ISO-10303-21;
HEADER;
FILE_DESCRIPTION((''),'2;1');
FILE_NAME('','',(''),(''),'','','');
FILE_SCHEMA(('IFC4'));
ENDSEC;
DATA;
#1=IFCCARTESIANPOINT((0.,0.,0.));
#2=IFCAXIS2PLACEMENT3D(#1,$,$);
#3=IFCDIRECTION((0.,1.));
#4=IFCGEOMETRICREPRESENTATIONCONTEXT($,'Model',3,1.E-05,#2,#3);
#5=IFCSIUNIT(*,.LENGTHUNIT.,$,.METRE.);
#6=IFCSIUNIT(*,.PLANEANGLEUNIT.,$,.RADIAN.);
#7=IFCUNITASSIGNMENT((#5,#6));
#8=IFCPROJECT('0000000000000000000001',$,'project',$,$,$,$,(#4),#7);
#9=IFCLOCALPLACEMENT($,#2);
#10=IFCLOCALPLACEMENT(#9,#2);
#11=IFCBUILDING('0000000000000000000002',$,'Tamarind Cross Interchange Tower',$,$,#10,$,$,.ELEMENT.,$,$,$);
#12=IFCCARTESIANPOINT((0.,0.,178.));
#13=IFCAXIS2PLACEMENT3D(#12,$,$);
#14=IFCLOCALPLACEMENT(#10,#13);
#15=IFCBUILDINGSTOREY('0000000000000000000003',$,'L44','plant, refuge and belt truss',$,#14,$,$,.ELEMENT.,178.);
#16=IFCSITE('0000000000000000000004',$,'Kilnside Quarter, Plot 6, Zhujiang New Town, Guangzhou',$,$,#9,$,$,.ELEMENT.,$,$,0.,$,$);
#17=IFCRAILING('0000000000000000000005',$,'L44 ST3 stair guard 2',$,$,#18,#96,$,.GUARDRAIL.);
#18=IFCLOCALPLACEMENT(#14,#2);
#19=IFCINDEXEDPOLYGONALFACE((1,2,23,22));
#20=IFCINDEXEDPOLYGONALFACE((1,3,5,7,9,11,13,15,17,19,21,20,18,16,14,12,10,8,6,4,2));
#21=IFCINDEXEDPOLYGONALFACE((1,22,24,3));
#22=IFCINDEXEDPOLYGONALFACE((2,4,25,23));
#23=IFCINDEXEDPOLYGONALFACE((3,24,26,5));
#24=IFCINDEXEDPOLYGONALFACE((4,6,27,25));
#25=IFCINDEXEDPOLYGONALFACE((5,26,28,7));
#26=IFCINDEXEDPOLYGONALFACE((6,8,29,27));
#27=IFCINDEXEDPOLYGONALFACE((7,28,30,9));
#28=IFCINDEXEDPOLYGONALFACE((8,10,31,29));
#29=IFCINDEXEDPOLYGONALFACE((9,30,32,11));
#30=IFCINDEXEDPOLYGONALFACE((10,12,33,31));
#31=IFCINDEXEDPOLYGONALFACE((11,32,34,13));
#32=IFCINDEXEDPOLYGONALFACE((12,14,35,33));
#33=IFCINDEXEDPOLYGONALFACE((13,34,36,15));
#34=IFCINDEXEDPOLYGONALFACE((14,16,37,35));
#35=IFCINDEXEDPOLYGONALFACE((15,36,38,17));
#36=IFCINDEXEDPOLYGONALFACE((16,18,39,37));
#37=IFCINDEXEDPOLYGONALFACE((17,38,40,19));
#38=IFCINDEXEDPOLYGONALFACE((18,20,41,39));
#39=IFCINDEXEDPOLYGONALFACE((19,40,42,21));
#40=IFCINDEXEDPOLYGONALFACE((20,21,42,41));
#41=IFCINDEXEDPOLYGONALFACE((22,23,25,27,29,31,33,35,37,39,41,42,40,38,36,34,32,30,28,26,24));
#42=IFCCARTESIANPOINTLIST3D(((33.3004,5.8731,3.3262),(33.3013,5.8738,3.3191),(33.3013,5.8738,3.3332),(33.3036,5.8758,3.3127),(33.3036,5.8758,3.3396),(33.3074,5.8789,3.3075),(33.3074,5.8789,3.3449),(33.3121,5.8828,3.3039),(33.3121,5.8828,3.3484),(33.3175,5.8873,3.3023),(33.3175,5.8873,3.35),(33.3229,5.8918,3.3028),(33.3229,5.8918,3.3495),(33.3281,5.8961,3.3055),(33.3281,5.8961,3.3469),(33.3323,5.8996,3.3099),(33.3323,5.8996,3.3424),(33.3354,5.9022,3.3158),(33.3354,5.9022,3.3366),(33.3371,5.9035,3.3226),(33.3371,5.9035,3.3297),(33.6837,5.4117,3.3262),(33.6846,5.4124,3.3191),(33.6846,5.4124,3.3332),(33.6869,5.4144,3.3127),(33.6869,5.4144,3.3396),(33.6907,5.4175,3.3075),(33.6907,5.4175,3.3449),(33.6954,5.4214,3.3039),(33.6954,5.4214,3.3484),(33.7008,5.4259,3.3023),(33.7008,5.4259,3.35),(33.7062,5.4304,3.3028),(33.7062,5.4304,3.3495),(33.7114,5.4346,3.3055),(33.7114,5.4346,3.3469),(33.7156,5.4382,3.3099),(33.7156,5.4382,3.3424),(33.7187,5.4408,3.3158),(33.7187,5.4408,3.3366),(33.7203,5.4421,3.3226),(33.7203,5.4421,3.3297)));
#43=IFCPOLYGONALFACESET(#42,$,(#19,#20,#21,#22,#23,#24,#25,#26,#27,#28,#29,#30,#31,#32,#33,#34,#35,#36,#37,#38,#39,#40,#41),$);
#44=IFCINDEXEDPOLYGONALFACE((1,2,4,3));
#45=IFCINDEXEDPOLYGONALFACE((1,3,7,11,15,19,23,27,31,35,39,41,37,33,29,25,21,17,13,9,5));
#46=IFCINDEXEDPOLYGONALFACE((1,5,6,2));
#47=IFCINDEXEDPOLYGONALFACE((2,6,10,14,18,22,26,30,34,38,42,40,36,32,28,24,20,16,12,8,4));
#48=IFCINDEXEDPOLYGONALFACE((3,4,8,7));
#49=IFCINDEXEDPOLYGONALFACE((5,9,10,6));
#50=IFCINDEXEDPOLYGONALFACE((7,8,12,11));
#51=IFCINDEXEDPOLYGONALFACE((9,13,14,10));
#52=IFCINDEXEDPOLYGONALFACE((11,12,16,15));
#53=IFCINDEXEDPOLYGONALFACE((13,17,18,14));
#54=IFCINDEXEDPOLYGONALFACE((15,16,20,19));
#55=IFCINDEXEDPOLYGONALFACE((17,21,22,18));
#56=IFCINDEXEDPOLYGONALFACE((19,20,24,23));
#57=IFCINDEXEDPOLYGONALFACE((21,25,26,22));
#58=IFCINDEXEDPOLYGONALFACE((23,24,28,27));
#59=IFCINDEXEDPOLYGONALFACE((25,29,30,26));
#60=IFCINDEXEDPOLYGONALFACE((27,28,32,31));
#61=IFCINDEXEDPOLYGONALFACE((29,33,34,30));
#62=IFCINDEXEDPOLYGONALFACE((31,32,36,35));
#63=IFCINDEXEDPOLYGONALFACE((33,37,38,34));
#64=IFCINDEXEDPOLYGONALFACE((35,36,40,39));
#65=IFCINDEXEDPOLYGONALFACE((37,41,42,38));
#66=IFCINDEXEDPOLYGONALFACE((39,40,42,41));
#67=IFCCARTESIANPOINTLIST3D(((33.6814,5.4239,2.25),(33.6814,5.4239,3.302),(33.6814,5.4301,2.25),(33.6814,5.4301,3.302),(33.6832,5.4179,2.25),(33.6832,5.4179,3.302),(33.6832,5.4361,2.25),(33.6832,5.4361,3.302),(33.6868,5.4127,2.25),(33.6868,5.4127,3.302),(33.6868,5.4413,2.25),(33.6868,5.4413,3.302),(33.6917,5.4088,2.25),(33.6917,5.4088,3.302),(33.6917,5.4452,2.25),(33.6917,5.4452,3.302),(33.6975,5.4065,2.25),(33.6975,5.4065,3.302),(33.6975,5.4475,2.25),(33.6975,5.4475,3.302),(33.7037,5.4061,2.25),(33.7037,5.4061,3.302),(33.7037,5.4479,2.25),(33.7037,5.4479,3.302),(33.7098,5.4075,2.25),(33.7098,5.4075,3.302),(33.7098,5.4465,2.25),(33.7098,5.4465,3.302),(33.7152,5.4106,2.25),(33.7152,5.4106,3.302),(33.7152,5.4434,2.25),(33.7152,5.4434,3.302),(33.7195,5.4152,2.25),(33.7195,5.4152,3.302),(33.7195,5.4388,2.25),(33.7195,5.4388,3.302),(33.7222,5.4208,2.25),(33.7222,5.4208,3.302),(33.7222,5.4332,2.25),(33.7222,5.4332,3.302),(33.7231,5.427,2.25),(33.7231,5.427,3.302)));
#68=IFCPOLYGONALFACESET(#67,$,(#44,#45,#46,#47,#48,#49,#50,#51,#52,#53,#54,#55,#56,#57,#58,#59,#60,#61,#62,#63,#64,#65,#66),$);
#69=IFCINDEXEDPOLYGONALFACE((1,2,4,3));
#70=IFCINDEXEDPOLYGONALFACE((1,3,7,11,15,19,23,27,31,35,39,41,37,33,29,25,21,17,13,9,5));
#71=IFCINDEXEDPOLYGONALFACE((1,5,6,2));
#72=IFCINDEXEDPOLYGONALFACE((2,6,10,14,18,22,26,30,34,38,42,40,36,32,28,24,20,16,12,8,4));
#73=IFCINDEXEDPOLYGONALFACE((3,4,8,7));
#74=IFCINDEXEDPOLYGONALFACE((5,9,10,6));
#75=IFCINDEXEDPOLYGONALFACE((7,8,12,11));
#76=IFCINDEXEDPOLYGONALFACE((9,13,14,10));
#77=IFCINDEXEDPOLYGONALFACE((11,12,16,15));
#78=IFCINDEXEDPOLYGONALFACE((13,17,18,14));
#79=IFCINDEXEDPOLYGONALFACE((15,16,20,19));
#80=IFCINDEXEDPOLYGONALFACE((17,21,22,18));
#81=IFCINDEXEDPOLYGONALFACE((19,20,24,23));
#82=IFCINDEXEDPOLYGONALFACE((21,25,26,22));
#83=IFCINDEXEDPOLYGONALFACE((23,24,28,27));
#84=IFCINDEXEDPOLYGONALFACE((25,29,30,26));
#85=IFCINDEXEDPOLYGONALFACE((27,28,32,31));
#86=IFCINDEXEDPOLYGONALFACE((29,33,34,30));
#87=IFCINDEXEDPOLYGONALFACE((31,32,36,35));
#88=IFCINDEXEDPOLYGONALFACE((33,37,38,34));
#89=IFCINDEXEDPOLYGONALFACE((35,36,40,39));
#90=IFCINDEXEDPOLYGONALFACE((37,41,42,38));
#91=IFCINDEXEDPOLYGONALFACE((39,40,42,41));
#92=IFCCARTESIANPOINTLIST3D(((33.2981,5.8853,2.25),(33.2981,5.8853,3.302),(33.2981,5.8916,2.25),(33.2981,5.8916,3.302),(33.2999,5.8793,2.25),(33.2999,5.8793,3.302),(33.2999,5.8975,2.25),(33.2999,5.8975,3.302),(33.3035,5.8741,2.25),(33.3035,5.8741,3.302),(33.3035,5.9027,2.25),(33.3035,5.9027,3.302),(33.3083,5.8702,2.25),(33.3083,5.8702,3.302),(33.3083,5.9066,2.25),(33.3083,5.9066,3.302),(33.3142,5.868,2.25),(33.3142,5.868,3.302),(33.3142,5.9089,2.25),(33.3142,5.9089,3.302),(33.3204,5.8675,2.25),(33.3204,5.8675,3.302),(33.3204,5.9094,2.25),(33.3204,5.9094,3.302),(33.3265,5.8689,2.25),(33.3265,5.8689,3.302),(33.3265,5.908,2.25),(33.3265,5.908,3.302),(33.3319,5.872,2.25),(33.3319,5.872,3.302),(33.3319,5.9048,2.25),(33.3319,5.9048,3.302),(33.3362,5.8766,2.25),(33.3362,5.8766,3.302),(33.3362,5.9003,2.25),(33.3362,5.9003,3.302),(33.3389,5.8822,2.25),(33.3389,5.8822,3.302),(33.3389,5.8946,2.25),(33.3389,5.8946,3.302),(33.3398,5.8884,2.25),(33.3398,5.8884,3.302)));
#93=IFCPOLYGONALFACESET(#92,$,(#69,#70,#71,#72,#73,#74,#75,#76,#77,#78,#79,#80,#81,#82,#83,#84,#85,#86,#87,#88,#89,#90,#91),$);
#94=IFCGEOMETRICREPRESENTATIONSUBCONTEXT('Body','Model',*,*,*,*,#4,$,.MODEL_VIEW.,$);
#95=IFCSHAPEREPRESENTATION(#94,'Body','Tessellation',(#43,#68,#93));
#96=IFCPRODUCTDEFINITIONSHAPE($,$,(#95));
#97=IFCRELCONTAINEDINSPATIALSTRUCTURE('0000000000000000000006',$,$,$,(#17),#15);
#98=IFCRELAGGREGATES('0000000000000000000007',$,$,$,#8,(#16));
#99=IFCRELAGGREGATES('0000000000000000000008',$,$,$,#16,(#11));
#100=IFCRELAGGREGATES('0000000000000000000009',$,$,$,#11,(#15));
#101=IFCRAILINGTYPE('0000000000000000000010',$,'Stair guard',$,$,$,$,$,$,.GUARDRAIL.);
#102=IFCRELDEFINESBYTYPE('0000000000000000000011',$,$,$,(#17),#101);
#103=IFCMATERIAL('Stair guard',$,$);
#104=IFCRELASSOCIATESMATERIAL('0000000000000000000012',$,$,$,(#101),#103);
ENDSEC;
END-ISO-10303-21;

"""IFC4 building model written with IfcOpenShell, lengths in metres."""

from ifc_helpers import new_model, si_unit, direction, frame, origin, origin_2d, place, context, subcontext, project, spatial, circle, extrude, material, type_object, element, save


model = new_model("IFC4")

# Units and contexts
model_context = context("Model", 3, precision=1e-05, world=origin(), true_north=direction((0.0, 1.0)))
body_context = subcontext(model_context, "Body", "Model", "MODEL_VIEW")
ifc_project = project(units=[si_unit("LENGTHUNIT", "METRE"), si_unit("PLANEANGLEUNIT", "RADIAN")], contexts=[model_context])

# Site, building, storey
site_placement = place(None, origin())
site = spatial("IfcSite", under=ifc_project, at=site_placement, Name="Kilnside Quarter, Plot 6, Zhujiang New Town, Guangzhou", CompositionType="ELEMENT", RefElevation=0.0)
building_placement = place(site_placement, origin())
building = spatial("IfcBuilding", under=site, at=building_placement, Name="Tamarind Cross Interchange Tower", CompositionType="ELEMENT")
storey_placement = place(building_placement, frame((0.0, 0.0, 178.0)))
storey = spatial("IfcBuildingStorey", under=building, at=storey_placement, Name="L44", Description="plant, refuge and belt truss", CompositionType="ELEMENT", Elevation=178.0)

# Railing
ifc_material_1 = material(Name="Stair guard")
railing_type_1 = type_object("IfcRailingType", Name="Stair guard", PredefinedType="GUARDRAIL", material=ifc_material_1)
railing_1_placement = place(storey_placement, frame((33.7021, 5.427, 2.25)))
element("IfcRailing", 1, at=railing_1_placement, inside=storey, type_object=railing_type_1, Name="L44 ST3 stair guard 2", PredefinedType="GUARDRAIL", context=body_context, shape_type="SweptSolid", body=[
    extrude(circle(Radius=0.0239, at=origin_2d()), frame((0.0, 0.0, 1.0762), z_axis=(-0.638983, 0.769221, 0.0), x_axis=(-0.769221, -0.638983, 0.0)), (0.0, 0.0, 1.0), 0.5999),
    extrude(circle(Radius=0.021, at=origin_2d()), origin(), (0.0, 0.0, 1.0), 1.052),
    extrude(circle(Radius=0.021, at=origin_2d()), frame((-0.3833, 0.4614, 0.0)), (0.0, 0.0, 1.0), 1.052),
])

save(model, "model.ifc")
